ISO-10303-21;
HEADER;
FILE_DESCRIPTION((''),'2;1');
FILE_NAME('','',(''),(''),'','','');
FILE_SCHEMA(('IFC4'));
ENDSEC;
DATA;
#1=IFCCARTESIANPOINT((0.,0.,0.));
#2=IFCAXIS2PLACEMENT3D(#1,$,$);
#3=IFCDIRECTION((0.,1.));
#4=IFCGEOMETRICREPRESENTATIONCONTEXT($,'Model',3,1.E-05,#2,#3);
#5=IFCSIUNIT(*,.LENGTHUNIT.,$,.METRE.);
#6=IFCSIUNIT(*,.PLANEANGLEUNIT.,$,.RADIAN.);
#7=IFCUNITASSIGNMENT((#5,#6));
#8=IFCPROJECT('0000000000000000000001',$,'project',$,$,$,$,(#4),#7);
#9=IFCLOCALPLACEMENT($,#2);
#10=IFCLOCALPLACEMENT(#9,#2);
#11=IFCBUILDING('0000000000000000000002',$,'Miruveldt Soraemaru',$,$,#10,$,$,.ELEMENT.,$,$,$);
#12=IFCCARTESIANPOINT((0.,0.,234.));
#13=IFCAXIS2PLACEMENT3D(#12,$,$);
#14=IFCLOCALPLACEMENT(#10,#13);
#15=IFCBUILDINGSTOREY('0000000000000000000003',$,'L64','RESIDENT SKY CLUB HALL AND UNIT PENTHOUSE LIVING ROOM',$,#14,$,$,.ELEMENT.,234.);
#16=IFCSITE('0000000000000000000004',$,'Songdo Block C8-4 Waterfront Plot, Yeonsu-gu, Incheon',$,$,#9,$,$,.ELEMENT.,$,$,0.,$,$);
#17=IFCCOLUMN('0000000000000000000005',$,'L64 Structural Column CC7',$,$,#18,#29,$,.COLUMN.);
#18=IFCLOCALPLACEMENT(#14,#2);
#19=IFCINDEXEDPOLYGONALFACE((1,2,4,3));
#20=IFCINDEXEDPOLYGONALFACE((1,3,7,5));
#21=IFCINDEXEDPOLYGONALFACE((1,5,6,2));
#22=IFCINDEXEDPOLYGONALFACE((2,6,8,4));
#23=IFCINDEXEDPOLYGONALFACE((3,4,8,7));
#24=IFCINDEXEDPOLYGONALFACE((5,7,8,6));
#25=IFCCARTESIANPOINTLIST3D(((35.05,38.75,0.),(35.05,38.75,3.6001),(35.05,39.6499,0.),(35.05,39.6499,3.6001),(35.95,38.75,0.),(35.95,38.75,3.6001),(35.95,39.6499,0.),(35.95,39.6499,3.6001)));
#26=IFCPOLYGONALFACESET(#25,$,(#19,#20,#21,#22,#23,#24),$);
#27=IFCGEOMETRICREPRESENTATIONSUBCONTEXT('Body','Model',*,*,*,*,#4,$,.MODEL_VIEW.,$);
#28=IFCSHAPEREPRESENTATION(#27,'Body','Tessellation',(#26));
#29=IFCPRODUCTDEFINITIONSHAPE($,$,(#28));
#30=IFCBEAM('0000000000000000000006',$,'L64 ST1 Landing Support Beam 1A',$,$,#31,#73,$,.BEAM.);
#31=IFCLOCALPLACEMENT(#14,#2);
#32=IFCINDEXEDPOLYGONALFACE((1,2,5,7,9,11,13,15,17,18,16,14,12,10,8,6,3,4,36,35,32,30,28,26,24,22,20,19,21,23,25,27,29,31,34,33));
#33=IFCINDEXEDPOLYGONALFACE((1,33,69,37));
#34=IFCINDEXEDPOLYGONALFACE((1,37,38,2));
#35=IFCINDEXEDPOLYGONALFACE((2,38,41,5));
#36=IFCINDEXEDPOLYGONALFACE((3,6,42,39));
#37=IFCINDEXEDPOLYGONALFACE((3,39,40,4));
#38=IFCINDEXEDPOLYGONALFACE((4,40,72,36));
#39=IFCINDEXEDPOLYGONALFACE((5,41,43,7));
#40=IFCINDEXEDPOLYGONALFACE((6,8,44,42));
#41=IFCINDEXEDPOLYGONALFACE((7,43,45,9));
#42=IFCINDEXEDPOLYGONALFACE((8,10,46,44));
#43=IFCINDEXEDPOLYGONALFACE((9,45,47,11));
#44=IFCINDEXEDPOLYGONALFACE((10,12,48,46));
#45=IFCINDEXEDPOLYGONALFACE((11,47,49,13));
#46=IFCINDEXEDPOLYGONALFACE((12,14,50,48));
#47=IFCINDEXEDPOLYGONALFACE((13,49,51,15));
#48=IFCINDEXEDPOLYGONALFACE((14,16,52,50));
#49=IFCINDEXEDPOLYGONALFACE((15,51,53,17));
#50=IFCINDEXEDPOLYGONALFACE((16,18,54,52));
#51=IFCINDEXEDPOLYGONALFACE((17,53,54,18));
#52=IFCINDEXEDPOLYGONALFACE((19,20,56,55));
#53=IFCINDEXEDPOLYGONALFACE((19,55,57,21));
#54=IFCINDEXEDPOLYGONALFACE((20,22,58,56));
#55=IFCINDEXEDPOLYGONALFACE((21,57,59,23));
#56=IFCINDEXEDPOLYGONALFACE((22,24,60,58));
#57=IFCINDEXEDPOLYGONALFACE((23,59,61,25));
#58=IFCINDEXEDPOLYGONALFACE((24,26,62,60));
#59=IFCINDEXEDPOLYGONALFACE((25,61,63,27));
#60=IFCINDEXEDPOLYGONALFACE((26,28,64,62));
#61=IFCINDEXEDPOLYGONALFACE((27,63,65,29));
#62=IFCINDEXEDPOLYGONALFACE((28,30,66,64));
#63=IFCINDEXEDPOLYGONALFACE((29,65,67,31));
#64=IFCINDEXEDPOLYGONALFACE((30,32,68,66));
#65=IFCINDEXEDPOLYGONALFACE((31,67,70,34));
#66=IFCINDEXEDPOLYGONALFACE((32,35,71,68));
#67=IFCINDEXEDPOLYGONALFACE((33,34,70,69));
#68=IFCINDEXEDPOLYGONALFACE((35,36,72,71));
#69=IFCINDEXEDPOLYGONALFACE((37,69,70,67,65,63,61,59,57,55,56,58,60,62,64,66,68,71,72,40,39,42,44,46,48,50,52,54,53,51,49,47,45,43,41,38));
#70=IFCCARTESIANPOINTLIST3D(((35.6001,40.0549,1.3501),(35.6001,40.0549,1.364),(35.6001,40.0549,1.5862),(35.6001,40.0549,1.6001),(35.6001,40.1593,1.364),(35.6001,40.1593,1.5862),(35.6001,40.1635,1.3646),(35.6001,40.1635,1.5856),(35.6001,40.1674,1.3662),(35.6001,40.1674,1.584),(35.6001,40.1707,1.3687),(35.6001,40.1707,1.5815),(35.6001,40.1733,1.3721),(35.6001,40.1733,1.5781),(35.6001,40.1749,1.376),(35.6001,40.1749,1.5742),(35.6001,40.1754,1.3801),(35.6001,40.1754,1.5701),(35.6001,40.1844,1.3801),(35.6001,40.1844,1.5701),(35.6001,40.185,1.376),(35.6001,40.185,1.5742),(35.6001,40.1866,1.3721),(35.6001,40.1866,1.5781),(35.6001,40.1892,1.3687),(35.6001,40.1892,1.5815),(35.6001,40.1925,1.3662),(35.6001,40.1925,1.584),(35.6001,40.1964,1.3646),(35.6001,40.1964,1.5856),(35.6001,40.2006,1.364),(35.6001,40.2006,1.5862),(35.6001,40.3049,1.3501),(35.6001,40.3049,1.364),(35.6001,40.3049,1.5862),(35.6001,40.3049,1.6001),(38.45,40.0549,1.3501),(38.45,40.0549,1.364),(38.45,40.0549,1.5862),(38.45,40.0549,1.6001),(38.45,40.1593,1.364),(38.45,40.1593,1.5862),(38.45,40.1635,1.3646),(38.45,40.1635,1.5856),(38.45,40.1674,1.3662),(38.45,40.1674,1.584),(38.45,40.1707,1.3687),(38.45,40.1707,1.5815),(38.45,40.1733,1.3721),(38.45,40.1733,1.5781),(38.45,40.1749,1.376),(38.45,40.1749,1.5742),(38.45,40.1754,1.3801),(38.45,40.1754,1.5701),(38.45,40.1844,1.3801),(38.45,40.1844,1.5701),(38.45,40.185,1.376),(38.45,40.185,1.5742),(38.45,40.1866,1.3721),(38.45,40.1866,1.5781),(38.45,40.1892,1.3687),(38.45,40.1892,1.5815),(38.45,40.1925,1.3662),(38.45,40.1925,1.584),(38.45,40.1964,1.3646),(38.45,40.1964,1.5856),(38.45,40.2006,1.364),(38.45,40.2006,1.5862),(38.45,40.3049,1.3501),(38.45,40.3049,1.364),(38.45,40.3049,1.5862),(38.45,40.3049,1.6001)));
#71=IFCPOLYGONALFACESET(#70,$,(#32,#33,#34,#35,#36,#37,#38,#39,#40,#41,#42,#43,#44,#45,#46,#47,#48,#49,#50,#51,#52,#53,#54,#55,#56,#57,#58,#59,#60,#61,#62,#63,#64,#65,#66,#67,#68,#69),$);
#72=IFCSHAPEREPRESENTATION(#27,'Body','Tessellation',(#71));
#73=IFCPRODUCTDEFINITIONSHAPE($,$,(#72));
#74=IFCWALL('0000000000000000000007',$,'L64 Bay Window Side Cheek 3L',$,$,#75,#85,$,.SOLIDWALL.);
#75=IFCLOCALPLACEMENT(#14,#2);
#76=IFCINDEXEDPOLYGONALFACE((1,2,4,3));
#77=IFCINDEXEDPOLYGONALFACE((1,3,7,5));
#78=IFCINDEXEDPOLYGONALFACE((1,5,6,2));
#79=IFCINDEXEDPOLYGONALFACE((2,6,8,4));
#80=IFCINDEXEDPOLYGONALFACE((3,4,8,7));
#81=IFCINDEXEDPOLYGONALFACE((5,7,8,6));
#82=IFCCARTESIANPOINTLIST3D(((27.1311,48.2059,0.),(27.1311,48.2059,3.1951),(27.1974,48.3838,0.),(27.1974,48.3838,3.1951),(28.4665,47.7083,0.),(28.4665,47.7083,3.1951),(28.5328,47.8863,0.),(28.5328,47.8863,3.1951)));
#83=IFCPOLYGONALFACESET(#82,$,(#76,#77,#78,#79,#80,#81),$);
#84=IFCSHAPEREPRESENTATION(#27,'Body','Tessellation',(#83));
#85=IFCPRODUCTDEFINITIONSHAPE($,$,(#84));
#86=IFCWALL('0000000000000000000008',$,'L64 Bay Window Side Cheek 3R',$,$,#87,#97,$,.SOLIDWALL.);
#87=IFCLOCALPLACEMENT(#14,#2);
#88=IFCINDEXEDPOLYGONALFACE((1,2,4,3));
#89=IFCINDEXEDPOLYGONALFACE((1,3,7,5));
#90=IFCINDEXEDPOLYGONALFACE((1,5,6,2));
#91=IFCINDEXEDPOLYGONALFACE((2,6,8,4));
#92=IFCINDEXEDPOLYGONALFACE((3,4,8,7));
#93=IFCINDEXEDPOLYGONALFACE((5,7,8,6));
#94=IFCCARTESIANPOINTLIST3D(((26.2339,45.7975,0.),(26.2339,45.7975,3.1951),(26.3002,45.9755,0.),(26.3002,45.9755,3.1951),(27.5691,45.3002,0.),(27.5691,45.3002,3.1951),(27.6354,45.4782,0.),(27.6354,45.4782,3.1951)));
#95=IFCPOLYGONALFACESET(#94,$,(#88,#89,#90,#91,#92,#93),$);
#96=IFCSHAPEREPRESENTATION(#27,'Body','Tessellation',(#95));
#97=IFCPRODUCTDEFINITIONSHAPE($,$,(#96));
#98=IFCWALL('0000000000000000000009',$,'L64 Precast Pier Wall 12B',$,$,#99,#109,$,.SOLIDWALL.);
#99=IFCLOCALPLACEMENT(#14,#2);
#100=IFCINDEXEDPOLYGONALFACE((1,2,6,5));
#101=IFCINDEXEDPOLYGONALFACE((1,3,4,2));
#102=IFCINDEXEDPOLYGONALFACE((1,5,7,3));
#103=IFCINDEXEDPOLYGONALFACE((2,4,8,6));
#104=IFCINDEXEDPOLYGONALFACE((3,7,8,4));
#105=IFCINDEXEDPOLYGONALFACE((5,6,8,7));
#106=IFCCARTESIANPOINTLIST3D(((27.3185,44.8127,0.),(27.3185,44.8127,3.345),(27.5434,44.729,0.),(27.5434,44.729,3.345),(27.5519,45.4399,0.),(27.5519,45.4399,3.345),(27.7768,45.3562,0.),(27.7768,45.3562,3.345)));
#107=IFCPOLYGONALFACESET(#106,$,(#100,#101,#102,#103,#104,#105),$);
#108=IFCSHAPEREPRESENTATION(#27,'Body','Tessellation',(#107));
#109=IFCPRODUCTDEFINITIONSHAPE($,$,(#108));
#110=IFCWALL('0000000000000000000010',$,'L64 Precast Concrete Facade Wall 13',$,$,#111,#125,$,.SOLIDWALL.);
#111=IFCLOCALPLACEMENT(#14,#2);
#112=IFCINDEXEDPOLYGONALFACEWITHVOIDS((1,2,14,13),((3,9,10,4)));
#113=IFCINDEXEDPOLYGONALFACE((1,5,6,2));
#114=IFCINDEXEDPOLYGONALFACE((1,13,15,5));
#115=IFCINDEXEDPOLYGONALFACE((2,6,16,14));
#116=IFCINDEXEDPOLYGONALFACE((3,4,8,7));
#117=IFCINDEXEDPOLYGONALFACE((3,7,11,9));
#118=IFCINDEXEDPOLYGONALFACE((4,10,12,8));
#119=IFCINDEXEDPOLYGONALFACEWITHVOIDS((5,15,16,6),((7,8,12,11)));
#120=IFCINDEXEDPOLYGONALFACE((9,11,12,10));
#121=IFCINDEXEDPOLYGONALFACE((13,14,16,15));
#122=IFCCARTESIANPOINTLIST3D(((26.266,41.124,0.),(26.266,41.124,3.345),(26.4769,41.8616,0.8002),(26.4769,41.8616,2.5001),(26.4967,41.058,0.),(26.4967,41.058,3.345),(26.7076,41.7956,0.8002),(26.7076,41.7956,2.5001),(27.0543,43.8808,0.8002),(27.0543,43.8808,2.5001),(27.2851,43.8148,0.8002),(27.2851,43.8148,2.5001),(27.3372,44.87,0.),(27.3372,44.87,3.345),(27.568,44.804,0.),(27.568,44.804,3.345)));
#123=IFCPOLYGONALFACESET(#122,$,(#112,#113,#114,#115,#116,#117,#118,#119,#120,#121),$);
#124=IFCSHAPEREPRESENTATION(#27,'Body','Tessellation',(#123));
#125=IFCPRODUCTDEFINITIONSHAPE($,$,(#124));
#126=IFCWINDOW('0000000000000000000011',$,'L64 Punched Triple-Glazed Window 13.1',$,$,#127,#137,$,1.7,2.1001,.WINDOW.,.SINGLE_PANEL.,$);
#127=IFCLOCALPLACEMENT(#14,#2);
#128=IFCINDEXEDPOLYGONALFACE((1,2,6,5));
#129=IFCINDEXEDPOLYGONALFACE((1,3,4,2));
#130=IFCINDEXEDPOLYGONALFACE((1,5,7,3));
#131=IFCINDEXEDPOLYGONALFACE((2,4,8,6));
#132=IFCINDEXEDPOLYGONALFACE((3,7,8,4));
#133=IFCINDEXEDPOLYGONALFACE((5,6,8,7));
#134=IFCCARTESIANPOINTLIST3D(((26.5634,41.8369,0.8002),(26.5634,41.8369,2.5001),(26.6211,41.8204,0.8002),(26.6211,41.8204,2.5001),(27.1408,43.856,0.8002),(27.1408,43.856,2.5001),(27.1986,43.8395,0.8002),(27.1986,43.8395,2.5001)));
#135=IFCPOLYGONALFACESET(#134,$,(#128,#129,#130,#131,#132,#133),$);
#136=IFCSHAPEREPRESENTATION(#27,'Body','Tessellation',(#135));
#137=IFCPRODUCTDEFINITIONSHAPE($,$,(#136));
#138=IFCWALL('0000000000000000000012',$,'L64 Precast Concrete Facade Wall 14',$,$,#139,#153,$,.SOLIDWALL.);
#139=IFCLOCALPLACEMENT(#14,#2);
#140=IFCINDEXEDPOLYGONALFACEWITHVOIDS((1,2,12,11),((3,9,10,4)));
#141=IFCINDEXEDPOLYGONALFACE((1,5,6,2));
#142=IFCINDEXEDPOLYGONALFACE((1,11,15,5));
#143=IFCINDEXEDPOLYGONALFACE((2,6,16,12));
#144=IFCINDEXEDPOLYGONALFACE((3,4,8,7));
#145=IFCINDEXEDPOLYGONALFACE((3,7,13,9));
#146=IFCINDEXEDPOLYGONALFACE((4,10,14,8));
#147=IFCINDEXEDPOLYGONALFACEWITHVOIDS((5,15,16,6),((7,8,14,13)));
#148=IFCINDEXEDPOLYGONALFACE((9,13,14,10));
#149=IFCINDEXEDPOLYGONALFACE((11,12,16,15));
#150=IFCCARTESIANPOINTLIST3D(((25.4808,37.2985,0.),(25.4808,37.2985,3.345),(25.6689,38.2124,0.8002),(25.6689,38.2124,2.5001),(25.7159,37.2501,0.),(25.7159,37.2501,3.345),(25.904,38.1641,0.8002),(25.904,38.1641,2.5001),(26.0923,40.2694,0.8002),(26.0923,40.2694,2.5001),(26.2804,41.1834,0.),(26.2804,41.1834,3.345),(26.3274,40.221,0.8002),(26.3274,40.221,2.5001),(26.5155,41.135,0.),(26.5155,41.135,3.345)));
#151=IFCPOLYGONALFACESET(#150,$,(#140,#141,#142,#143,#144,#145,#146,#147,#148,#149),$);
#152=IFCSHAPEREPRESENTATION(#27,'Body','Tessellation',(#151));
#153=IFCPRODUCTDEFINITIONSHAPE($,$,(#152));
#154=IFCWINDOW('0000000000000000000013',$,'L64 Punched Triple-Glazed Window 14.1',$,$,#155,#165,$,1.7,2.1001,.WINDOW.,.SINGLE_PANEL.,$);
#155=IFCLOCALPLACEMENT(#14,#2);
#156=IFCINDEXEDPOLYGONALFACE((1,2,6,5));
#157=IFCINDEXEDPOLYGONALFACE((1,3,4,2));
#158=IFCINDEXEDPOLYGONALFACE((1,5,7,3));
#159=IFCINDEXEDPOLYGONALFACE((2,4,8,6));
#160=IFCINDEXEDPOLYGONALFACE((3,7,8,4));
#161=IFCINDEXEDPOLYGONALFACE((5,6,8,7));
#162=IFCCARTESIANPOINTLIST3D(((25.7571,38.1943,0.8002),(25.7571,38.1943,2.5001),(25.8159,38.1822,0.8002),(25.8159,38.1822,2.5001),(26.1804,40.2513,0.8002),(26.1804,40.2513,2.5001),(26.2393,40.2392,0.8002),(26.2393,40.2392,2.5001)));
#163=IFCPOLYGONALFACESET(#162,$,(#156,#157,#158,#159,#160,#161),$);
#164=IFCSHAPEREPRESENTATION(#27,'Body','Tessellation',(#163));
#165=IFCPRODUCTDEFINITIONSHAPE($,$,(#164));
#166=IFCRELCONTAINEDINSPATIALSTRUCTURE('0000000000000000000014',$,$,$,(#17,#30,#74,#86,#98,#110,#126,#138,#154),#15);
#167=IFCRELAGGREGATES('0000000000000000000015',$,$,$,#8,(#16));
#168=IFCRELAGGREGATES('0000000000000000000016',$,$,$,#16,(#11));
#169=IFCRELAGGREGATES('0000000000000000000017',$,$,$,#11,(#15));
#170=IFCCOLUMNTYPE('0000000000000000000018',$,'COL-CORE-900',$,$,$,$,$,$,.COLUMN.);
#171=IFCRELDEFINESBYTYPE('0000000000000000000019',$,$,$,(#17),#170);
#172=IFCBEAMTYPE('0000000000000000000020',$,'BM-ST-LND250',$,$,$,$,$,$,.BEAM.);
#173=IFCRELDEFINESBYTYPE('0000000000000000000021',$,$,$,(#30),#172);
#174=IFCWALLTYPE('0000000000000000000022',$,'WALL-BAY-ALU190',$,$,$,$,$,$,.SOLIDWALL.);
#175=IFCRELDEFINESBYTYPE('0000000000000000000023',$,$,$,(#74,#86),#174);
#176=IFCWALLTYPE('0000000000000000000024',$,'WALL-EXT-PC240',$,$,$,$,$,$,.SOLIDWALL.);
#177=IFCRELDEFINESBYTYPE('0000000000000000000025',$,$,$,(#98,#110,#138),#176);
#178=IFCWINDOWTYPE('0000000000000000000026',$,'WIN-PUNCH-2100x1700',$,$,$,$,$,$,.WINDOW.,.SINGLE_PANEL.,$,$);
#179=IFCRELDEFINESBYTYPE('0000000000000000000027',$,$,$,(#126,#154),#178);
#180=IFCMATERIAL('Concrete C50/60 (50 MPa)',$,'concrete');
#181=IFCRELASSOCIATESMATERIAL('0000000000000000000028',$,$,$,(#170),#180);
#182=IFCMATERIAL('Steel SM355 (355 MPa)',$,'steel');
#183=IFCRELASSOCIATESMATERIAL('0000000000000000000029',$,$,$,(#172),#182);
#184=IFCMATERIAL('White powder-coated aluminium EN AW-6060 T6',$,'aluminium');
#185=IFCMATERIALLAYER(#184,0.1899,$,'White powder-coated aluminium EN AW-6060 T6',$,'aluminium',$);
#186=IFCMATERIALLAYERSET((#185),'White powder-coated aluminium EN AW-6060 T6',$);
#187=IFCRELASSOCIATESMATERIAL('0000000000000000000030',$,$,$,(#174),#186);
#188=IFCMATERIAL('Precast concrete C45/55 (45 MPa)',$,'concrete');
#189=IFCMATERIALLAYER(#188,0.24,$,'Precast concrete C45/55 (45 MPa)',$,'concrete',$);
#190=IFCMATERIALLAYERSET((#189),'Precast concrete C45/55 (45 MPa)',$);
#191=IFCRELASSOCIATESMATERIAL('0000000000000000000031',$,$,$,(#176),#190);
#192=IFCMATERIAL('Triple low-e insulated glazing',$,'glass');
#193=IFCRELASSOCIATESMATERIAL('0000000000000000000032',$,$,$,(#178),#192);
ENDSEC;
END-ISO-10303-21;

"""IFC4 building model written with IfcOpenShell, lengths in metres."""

from ifc_helpers import new_model, si_unit, direction, frame, frame_2d, origin, origin_2d, place, context, subcontext, project, spatial, rectangle, i_section, extrude, material, layer, layer_set, material_profile, profile_set, type_object, element, fill, save


model = new_model("IFC4")

# Units and contexts
model_context = context("Model", 3, precision=1e-05, world=origin(), true_north=direction((0.0, 1.0)))
body_context = subcontext(model_context, "Body", "Model", "MODEL_VIEW")
ifc_project = project(units=[si_unit("LENGTHUNIT", "METRE"), si_unit("PLANEANGLEUNIT", "RADIAN")], contexts=[model_context])

# Site, building, storey
site_placement = place(None, origin())
site = spatial("IfcSite", under=ifc_project, at=site_placement, Name="Songdo Block C8-4 Waterfront Plot, Yeonsu-gu, Incheon", CompositionType="ELEMENT", RefElevation=0.0)
building_placement = place(site_placement, origin())
building = spatial("IfcBuilding", under=site, at=building_placement, Name="Miruveldt Soraemaru", CompositionType="ELEMENT")
storey_placement = place(building_placement, frame((0.0, 0.0, 234.0)))
storey = spatial("IfcBuildingStorey", under=building, at=storey_placement, Name="L64", Description="RESIDENT SKY CLUB HALL AND UNIT PENTHOUSE LIVING ROOM", CompositionType="ELEMENT", Elevation=234.0)

# Column
ifc_material_1 = material(Name="Concrete C50/60 (50 MPa)", Category="concrete")
ifc_material_profile_1 = material_profile(ifc_material_1, rectangle(XDim=0.8999, YDim=0.8999, at=origin_2d()), Name="Concrete C50/60 (50 MPa)", Category="concrete")
ifc_profile_set_1 = profile_set([ifc_material_profile_1], Name="Concrete C50/60 (50 MPa)")
column_type = type_object("IfcColumnType", Name="COL-CORE-900", PredefinedType="COLUMN", material=ifc_profile_set_1)
column_placement = place(storey_placement, frame((35.5, 39.2, 0.0), z_axis=(0.0, 0.0, 1.0), x_axis=(1.0, 0.0, 0.0)))
element("IfcColumn", 1, at=column_placement, inside=storey, type_object=column_type, Name="L64 Structural Column CC7", PredefinedType="COLUMN", context=body_context, shape_type="SweptSolid", body=[
    extrude(rectangle(XDim=0.8999, YDim=0.8999, at=origin_2d()), origin(), (0.0, 0.0, 1.0), 3.6001),
])

# Beam
ifc_material_2 = material(Name="Steel SM355 (355 MPa)", Category="steel")
ifc_material_profile_2 = material_profile(ifc_material_2, i_section(OverallWidth=0.25, OverallDepth=0.25, WebThickness=0.009, FlangeThickness=0.0139, FilletRadius=0.0161, at=origin_2d()), Name="Steel SM355 (355 MPa)", Category="steel")
ifc_profile_set_2 = profile_set([ifc_material_profile_2], Name="Steel SM355 (355 MPa)")
beam_type = type_object("IfcBeamType", Name="BM-ST-LND250", PredefinedType="BEAM", material=ifc_profile_set_2)
beam_placement = place(storey_placement, frame((35.6001, 40.1799, 1.4751), z_axis=(1.0, 0.0, 0.0), x_axis=(0.0, 1.0, 0.0)))
element("IfcBeam", 2, at=beam_placement, inside=storey, type_object=beam_type, Name="L64 ST1 Landing Support Beam 1A", PredefinedType="BEAM", context=body_context, shape_type="SweptSolid", body=[
    extrude(i_section(OverallWidth=0.25, OverallDepth=0.25, WebThickness=0.009, FlangeThickness=0.0139, FilletRadius=0.0161, at=origin_2d()), origin(), (0.0, 0.0, 1.0), 2.8499),
])

# Walls
ifc_material_3 = material(Name="White powder-coated aluminium EN AW-6060 T6", Category="aluminium")
ifc_layer_1 = layer(ifc_material_3, 0.1899, Name="White powder-coated aluminium EN AW-6060 T6", Category="aluminium")
ifc_layer_set_1 = layer_set([ifc_layer_1], Name="White powder-coated aluminium EN AW-6060 T6")
wall_type_1 = type_object("IfcWallType", Name="WALL-BAY-ALU190", PredefinedType="SOLIDWALL", material=ifc_layer_set_1)
wall_1_placement = place(storey_placement, frame((28.4995, 47.7974, 0.0), z_axis=(0.0, 0.0, 1.0), x_axis=(-0.937073, 0.349133, 0.0)))
element("IfcWall", 3, at=wall_1_placement, inside=storey, type_object=wall_type_1, Name="L64 Bay Window Side Cheek 3L", PredefinedType="SOLIDWALL", context=body_context, shape_type="SweptSolid", body=[
    extrude(rectangle(XDim=1.425, YDim=0.1899, at=frame_2d((0.7124, 0.0))), origin(), (0.0, 0.0, 1.0), 3.1951),
])
wall_2_placement = place(storey_placement, frame((26.2671, 45.8865, 0.0), z_axis=(0.0, 0.0, 1.0), x_axis=(0.937108, -0.349038, 0.0)))
element("IfcWall", 4, at=wall_2_placement, inside=storey, type_object=wall_type_1, Name="L64 Bay Window Side Cheek 3R", PredefinedType="SOLIDWALL", context=body_context, shape_type="SweptSolid", body=[
    extrude(rectangle(XDim=1.4248, YDim=0.1899, at=frame_2d((0.7124, 0.0))), origin(), (0.0, 0.0, 1.0), 3.1951),
])
ifc_material_4 = material(Name="Precast concrete C45/55 (45 MPa)", Category="concrete")
ifc_layer_2 = layer(ifc_material_4, 0.24, Name="Precast concrete C45/55 (45 MPa)", Category="concrete")
ifc_layer_set_2 = layer_set([ifc_layer_2], Name="Precast concrete C45/55 (45 MPa)")
wall_type_2 = type_object("IfcWallType", Name="WALL-EXT-PC240", PredefinedType="SOLIDWALL", material=ifc_layer_set_2)
wall_3_placement = place(storey_placement, frame((27.6643, 45.3979, 0.0), z_axis=(0.0, 0.0, 1.0), x_axis=(-0.348764, -0.937211, 0.0)))
element("IfcWall", 5, at=wall_3_placement, inside=storey, type_object=wall_type_2, Name="L64 Precast Pier Wall 12B", PredefinedType="SOLIDWALL", context=body_context, shape_type="SweptSolid", body=[
    extrude(rectangle(XDim=0.6692, YDim=0.24, at=frame_2d((0.3345, 0.0))), origin(), (0.0, 0.0, 1.0), 3.345),
])

# Walls, openings, windows
wall_4_placement = place(storey_placement, frame((27.4526, 44.8372, 0.0), z_axis=(0.0, 0.0, 1.0), x_axis=(-0.274953, -0.961458, 0.0)))
wall_4 = element("IfcWall", 6, at=wall_4_placement, inside=storey, type_object=wall_type_2, Name="L64 Precast Concrete Facade Wall 13", PredefinedType="SOLIDWALL", context=body_context, shape_type="SweptSolid", body=[
    extrude(rectangle(XDim=3.8962, YDim=0.24, at=frame_2d((1.9482, 0.0))), origin(), (0.0, 0.0, 1.0), 3.345),
])
opening_1_placement = place(wall_4_placement, frame((1.0291, 0.0, 0.8)))
opening_1 = element("IfcOpeningElement", 7, at=opening_1_placement, cuts=wall_4, PredefinedType="OPENING", context=body_context, shape_type="SweptSolid", body=[
    extrude(rectangle(XDim=2.1001, YDim=1.7, at=frame_2d((1.05, 0.8501))), frame((0.0, 0.1299, 0.0), z_axis=(0.0, -1.0, 0.0), x_axis=(1.0, 0.0, 0.0)), (0.0, 0.0, 1.0), 0.26),
])
ifc_material_5 = material(Name="Triple low-e insulated glazing", Category="glass")
window_type = type_object("IfcWindowType", Name="WIN-PUNCH-2100x1700", PartitioningType="SINGLE_PANEL", PredefinedType="WINDOW", material=ifc_material_5)
window_1_placement = place(opening_1_placement, origin())
window_1 = element("IfcWindow", 8, at=window_1_placement, inside=storey, type_object=window_type, Name="L64 Punched Triple-Glazed Window 13.1", OverallHeight=1.7, OverallWidth=2.1001, PartitioningType="SINGLE_PANEL", PredefinedType="WINDOW", context=body_context, shape_type="SweptSolid", body=[
    extrude(rectangle(XDim=2.1001, YDim=1.7, at=frame_2d((1.05, 0.8501))), frame((0.0, 0.03, 0.0), z_axis=(0.0, -1.0, 0.0), x_axis=(1.0, 0.0, 0.0)), (0.0, 0.0, 1.0), 0.0601),
])
fill(opening_1, window_1)
wall_5_placement = place(storey_placement, frame((26.3979, 41.1592, 0.0), z_axis=(0.0, 0.0, 1.0), x_axis=(-0.201594, -0.979469, 0.0)))
wall_5 = element("IfcWall", 9, at=wall_5_placement, inside=storey, type_object=wall_type_2, Name="L64 Precast Concrete Facade Wall 14", PredefinedType="SOLIDWALL", context=body_context, shape_type="SweptSolid", body=[
    extrude(rectangle(XDim=3.9663, YDim=0.24, at=frame_2d((1.9832, 0.0))), origin(), (0.0, 0.0, 1.0), 3.345),
])
opening_2_placement = place(wall_5_placement, frame((0.9331, 0.0, 0.8)))
opening_2 = element("IfcOpeningElement", 10, at=opening_2_placement, cuts=wall_5, PredefinedType="OPENING", context=body_context, shape_type="SweptSolid", body=[
    extrude(rectangle(XDim=2.1001, YDim=1.7, at=frame_2d((1.05, 0.8501))), frame((0.0, 0.1299, 0.0), z_axis=(0.0, -1.0, 0.0), x_axis=(1.0, 0.0, 0.0)), (0.0, 0.0, 1.0), 0.26),
])
window_2_placement = place(opening_2_placement, origin())
window_2 = element("IfcWindow", 11, at=window_2_placement, inside=storey, type_object=window_type, Name="L64 Punched Triple-Glazed Window 14.1", OverallHeight=1.7, OverallWidth=2.1001, PartitioningType="SINGLE_PANEL", PredefinedType="WINDOW", context=body_context, shape_type="SweptSolid", body=[
    extrude(rectangle(XDim=2.1001, YDim=1.7, at=frame_2d((1.05, 0.8501))), frame((0.0, 0.03, 0.0), z_axis=(0.0, -1.0, 0.0), x_axis=(1.0, 0.0, 0.0)), (0.0, 0.0, 1.0), 0.0601),
])
fill(opening_2, window_2)

save(model, "model.ifc")
